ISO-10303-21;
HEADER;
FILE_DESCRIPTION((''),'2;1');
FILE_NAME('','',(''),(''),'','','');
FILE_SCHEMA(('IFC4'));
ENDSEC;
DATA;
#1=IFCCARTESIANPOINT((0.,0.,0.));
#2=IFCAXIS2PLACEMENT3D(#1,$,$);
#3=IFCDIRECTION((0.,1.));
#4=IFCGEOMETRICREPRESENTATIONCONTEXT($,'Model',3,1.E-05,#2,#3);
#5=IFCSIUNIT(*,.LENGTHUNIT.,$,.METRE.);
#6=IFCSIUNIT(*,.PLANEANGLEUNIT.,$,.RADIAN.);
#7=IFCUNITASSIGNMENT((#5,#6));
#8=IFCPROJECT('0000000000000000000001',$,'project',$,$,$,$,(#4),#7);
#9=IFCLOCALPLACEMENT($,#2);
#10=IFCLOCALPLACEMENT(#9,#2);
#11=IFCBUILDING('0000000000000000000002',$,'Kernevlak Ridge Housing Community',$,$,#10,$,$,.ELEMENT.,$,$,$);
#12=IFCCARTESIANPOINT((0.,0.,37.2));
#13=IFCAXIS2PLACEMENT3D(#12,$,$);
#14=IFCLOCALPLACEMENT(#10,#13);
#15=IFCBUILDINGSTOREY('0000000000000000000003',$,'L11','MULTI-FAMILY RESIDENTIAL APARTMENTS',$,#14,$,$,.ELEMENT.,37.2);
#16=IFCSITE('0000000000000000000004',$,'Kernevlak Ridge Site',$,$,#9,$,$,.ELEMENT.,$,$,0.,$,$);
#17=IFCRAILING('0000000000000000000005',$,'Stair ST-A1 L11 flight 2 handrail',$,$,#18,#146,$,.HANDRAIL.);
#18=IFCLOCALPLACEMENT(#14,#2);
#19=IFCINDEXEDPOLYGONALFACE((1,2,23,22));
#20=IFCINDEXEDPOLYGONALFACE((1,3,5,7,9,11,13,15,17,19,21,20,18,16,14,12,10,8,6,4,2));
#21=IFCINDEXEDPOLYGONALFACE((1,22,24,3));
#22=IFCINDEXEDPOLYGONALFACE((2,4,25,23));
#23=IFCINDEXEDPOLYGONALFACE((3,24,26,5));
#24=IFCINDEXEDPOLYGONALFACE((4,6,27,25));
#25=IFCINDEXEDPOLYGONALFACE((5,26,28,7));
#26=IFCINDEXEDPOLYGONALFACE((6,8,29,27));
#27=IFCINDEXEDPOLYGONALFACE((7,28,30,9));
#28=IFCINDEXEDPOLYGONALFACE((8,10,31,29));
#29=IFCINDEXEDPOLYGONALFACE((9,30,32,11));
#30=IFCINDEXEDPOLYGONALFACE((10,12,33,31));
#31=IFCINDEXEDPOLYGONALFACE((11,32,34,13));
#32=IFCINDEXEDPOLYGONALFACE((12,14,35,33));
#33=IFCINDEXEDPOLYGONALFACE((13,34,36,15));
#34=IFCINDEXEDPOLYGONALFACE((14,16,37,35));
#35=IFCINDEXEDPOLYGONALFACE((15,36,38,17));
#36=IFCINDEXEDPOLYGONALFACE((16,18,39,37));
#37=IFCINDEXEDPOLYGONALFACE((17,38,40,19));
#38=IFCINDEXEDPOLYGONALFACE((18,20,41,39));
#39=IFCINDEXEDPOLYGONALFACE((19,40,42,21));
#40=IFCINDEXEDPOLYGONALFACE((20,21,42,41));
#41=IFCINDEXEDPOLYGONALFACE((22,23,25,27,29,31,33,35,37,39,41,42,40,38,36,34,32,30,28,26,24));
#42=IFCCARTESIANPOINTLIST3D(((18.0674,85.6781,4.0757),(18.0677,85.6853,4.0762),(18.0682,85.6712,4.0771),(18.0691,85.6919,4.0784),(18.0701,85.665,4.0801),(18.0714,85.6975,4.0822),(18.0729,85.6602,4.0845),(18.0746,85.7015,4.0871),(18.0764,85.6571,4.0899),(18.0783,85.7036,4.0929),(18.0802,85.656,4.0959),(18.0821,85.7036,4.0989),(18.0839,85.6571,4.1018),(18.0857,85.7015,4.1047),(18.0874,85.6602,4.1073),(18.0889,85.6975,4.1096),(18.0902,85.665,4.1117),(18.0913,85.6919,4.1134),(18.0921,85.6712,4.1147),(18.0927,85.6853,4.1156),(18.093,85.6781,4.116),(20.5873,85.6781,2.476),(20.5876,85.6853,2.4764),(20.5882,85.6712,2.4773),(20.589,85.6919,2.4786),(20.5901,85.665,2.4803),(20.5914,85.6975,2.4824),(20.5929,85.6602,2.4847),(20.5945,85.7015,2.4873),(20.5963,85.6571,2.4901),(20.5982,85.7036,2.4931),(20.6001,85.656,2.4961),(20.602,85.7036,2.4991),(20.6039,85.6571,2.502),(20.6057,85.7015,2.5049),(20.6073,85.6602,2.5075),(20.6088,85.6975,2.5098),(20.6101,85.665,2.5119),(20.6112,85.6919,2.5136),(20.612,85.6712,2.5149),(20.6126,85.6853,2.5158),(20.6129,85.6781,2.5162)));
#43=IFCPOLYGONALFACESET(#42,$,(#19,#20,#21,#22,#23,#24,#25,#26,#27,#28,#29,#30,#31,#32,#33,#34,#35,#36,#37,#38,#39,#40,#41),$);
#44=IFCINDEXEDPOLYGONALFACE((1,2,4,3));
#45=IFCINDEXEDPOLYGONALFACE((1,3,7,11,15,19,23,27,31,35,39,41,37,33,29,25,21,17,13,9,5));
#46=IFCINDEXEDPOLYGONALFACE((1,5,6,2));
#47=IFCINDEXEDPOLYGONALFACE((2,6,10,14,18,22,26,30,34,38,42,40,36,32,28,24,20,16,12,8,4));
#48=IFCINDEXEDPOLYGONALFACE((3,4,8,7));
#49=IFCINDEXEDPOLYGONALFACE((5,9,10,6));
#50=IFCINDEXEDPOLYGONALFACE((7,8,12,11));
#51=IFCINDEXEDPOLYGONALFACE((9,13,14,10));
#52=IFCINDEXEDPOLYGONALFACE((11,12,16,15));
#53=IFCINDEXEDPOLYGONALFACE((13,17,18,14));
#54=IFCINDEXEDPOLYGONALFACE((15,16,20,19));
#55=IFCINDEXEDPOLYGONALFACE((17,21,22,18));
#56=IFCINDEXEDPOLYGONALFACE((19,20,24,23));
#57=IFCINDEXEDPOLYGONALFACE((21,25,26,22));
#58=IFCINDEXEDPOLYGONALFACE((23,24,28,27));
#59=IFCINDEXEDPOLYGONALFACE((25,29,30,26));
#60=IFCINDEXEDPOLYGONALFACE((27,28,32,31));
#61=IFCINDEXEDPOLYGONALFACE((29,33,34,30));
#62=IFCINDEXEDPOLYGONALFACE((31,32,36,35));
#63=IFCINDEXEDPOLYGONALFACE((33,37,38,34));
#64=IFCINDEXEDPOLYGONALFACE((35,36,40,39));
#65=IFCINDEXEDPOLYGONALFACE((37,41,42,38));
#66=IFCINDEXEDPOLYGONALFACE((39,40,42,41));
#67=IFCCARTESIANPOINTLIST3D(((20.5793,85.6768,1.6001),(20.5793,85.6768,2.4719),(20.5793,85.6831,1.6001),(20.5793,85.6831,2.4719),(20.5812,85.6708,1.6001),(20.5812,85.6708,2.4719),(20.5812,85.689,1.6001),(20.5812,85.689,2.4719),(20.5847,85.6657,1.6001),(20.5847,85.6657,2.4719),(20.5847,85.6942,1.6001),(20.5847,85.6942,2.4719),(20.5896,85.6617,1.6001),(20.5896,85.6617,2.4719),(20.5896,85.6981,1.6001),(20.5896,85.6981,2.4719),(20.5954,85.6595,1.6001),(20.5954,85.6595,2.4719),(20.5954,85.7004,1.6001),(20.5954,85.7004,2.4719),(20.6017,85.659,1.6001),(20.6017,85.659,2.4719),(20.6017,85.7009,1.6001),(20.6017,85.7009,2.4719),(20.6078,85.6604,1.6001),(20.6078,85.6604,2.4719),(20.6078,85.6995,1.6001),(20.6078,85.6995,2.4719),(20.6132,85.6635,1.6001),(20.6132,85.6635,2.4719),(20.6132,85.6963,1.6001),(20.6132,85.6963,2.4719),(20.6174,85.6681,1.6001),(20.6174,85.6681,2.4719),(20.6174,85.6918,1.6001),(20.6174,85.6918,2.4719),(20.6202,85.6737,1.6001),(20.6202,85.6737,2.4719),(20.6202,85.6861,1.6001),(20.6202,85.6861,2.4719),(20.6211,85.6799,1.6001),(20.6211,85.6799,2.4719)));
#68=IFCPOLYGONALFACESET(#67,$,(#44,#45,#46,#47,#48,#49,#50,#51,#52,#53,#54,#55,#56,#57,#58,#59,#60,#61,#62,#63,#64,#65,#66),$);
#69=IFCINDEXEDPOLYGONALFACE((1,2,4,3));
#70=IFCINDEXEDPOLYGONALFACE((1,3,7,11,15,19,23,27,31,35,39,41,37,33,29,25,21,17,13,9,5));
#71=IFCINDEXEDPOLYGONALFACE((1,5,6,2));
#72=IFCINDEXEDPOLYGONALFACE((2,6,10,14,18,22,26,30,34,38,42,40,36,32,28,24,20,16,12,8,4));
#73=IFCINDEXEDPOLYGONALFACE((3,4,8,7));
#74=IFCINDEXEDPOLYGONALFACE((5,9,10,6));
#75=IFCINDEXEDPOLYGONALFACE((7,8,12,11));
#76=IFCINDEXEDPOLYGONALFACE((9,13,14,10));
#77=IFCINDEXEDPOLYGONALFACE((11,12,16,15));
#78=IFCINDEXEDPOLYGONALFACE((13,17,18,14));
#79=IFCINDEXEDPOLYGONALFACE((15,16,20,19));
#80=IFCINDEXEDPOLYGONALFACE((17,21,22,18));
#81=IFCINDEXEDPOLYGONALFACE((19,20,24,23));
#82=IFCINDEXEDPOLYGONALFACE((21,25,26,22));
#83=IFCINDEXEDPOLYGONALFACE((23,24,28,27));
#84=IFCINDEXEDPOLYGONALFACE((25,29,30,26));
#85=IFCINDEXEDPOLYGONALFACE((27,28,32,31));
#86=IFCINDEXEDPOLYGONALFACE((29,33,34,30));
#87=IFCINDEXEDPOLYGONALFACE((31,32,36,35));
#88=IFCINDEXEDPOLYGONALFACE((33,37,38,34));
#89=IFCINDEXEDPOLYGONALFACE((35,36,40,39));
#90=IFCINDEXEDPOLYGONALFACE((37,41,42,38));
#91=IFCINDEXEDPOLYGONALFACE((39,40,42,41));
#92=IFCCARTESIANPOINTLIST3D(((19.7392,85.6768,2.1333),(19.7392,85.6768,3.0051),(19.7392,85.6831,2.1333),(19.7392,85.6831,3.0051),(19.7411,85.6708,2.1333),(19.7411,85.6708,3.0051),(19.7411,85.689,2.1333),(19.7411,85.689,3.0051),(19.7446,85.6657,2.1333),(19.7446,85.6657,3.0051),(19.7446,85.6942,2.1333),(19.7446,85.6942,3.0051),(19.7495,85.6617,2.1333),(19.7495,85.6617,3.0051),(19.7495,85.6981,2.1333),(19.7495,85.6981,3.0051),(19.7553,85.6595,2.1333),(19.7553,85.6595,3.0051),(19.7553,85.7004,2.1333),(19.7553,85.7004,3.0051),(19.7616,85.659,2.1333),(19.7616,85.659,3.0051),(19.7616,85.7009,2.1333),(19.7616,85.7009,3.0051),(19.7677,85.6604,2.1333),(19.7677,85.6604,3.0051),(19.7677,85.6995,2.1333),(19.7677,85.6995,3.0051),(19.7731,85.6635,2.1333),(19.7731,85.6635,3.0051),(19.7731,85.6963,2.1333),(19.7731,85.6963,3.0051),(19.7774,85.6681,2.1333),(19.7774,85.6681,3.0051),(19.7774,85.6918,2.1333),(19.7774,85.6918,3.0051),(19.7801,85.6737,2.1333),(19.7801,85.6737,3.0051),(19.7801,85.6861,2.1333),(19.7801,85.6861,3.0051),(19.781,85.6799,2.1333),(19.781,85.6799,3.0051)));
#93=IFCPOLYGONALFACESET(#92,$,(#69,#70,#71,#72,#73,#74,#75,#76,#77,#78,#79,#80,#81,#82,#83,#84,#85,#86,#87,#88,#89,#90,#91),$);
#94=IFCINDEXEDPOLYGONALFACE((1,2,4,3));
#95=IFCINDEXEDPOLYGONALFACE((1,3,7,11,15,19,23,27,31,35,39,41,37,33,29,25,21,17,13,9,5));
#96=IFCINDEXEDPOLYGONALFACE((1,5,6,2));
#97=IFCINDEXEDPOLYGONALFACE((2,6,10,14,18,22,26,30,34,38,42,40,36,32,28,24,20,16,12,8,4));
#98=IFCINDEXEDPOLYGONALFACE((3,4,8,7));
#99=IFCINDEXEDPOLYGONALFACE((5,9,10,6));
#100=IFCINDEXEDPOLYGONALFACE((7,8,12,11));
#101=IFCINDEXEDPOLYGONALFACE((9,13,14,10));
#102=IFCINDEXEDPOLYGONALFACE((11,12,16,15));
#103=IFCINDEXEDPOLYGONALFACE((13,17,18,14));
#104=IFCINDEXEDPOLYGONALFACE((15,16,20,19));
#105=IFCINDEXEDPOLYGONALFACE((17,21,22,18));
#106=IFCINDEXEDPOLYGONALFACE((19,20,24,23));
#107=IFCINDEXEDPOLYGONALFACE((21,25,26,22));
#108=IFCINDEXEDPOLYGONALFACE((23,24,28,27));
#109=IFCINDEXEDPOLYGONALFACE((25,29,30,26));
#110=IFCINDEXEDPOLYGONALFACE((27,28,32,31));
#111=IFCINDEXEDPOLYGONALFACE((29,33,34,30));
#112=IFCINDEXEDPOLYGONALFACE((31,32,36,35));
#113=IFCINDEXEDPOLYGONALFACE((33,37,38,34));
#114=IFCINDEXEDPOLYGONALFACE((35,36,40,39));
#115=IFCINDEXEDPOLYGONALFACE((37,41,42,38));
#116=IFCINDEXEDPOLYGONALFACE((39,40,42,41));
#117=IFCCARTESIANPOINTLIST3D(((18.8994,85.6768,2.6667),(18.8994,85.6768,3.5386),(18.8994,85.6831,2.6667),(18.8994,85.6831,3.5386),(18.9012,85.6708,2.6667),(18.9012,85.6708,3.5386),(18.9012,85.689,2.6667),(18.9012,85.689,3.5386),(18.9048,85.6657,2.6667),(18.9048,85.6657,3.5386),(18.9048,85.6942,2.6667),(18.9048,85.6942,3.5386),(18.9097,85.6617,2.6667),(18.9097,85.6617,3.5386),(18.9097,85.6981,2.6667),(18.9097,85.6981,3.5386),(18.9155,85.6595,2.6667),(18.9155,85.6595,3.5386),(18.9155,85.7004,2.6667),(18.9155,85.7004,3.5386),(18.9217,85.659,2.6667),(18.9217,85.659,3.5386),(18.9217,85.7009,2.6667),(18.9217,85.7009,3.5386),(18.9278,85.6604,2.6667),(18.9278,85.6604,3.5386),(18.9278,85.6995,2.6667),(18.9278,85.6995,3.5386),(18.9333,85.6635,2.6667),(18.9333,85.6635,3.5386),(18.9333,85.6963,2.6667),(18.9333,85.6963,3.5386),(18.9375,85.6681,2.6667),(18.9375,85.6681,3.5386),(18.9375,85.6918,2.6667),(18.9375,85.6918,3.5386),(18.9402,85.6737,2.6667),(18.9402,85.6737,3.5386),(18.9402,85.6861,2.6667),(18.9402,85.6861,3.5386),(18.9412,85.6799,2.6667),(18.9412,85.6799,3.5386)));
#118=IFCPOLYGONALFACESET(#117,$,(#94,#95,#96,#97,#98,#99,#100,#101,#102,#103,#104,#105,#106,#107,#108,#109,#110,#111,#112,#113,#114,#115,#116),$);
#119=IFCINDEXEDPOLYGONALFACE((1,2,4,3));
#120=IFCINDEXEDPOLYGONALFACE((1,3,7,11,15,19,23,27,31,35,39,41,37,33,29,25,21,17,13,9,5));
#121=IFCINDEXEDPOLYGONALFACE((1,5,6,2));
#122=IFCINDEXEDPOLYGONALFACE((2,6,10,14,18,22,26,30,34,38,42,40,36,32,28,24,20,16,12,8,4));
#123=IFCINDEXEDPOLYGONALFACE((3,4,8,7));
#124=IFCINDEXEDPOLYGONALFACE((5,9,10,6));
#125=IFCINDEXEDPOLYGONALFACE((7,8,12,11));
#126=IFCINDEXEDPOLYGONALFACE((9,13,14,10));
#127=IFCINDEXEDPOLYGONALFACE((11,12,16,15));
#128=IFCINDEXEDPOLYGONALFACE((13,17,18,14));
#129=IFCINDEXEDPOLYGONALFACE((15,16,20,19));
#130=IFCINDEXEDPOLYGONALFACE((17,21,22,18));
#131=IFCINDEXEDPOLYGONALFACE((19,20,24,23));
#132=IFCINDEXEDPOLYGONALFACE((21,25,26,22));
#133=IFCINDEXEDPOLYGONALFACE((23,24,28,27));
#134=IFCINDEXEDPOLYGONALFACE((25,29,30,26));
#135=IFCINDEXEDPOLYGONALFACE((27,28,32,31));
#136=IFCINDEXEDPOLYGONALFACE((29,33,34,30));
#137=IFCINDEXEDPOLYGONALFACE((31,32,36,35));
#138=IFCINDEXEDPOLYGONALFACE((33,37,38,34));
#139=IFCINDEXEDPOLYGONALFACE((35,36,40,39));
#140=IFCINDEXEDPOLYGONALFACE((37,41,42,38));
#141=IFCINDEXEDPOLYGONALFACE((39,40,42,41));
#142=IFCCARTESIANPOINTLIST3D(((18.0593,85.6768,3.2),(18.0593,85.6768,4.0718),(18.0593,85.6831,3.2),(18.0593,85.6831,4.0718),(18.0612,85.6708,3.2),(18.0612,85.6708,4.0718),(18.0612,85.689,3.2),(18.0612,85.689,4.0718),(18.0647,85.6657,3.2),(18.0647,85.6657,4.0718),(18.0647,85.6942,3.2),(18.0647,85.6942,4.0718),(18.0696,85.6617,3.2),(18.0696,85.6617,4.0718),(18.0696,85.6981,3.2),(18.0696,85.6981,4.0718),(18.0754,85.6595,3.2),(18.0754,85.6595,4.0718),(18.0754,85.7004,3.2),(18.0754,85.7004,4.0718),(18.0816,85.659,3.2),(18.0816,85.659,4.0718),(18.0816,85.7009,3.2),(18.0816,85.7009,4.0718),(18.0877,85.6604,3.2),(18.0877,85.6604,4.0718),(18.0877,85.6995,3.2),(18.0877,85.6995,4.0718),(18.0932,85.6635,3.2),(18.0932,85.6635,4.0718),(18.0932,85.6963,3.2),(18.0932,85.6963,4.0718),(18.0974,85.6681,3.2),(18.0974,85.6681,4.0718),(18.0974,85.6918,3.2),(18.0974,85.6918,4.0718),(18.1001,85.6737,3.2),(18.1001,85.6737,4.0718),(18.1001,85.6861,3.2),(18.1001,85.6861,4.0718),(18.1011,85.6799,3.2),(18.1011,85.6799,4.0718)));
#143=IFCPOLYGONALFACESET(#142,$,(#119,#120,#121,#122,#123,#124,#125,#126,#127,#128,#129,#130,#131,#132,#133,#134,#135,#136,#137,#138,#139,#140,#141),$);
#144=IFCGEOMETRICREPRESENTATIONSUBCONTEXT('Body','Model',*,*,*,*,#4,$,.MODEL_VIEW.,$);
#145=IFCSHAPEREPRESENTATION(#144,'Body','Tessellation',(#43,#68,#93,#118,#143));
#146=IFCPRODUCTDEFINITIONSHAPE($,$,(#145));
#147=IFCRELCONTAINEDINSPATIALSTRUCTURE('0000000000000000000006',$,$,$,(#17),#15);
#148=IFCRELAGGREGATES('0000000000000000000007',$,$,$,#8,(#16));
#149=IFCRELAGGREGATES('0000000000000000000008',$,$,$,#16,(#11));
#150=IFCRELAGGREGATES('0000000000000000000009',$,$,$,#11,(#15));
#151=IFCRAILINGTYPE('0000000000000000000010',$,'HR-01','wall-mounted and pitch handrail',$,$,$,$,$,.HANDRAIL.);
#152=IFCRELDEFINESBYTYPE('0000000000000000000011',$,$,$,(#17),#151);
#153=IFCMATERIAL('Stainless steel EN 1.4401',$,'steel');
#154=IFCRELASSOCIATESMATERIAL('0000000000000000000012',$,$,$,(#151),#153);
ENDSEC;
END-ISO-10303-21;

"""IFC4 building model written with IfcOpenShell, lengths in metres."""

from ifc_helpers import new_model, si_unit, direction, frame, origin, origin_2d, place, context, subcontext, project, spatial, circle, extrude, material, type_object, element, save


model = new_model("IFC4")

# Units and contexts
model_context = context("Model", 3, precision=1e-05, world=origin(), true_north=direction((0.0, 1.0)))
body_context = subcontext(model_context, "Body", "Model", "MODEL_VIEW")
ifc_project = project(units=[si_unit("LENGTHUNIT", "METRE"), si_unit("PLANEANGLEUNIT", "RADIAN")], contexts=[model_context])

# Site, building, storey
site_placement = place(None, origin())
site = spatial("IfcSite", under=ifc_project, at=site_placement, Name="Kernevlak Ridge Site", CompositionType="ELEMENT", RefElevation=0.0)
building_placement = place(site_placement, origin())
building = spatial("IfcBuilding", under=site, at=building_placement, Name="Kernevlak Ridge Housing Community", CompositionType="ELEMENT")
storey_placement = place(building_placement, frame((0.0, 0.0, 37.2)))
storey = spatial("IfcBuildingStorey", under=building, at=storey_placement, Name="L11", Description="MULTI-FAMILY RESIDENTIAL APARTMENTS", CompositionType="ELEMENT", Elevation=37.2)

# Shared definitions
ifc_material_1 = material(Name="Stainless steel EN 1.4401", Category="steel")

# Railing
railing_type = type_object("IfcRailingType", Name="HR-01", Description="wall-mounted and pitch handrail", PredefinedType="HANDRAIL", material=ifc_material_1)
railing_placement = place(storey_placement, frame((20.6001, 85.6799, 1.6001)))
element("IfcRailing", 1, at=railing_placement, inside=storey, type_object=railing_type, Name="Stair ST-A1 L11 flight 2 handrail", PredefinedType="HANDRAIL", context=body_context, shape_type="SweptSolid", body=[
    extrude(circle(Radius=0.0239, at=origin_2d()), frame((0.0, 0.0, 0.896), z_axis=(-0.844237, 0.0, 0.53597), x_axis=(0.0, -1.0, 0.0)), (0.0, 0.0, 1.0), 2.9849),
    extrude(circle(Radius=0.021, at=origin_2d()), origin(), (0.0, 0.0, 1.0), 0.8718),
    extrude(circle(Radius=0.021, at=origin_2d()), frame((-0.8401, 0.0, 0.5332)), (0.0, 0.0, 1.0), 0.8718),
    extrude(circle(Radius=0.021, at=origin_2d()), frame((-1.6799, 0.0, 1.0667)), (0.0, 0.0, 1.0), 0.8718),
    extrude(circle(Radius=0.021, at=origin_2d()), frame((-2.52, 0.0, 1.5999)), (0.0, 0.0, 1.0), 0.8718),
])

save(model, "model.ifc")
